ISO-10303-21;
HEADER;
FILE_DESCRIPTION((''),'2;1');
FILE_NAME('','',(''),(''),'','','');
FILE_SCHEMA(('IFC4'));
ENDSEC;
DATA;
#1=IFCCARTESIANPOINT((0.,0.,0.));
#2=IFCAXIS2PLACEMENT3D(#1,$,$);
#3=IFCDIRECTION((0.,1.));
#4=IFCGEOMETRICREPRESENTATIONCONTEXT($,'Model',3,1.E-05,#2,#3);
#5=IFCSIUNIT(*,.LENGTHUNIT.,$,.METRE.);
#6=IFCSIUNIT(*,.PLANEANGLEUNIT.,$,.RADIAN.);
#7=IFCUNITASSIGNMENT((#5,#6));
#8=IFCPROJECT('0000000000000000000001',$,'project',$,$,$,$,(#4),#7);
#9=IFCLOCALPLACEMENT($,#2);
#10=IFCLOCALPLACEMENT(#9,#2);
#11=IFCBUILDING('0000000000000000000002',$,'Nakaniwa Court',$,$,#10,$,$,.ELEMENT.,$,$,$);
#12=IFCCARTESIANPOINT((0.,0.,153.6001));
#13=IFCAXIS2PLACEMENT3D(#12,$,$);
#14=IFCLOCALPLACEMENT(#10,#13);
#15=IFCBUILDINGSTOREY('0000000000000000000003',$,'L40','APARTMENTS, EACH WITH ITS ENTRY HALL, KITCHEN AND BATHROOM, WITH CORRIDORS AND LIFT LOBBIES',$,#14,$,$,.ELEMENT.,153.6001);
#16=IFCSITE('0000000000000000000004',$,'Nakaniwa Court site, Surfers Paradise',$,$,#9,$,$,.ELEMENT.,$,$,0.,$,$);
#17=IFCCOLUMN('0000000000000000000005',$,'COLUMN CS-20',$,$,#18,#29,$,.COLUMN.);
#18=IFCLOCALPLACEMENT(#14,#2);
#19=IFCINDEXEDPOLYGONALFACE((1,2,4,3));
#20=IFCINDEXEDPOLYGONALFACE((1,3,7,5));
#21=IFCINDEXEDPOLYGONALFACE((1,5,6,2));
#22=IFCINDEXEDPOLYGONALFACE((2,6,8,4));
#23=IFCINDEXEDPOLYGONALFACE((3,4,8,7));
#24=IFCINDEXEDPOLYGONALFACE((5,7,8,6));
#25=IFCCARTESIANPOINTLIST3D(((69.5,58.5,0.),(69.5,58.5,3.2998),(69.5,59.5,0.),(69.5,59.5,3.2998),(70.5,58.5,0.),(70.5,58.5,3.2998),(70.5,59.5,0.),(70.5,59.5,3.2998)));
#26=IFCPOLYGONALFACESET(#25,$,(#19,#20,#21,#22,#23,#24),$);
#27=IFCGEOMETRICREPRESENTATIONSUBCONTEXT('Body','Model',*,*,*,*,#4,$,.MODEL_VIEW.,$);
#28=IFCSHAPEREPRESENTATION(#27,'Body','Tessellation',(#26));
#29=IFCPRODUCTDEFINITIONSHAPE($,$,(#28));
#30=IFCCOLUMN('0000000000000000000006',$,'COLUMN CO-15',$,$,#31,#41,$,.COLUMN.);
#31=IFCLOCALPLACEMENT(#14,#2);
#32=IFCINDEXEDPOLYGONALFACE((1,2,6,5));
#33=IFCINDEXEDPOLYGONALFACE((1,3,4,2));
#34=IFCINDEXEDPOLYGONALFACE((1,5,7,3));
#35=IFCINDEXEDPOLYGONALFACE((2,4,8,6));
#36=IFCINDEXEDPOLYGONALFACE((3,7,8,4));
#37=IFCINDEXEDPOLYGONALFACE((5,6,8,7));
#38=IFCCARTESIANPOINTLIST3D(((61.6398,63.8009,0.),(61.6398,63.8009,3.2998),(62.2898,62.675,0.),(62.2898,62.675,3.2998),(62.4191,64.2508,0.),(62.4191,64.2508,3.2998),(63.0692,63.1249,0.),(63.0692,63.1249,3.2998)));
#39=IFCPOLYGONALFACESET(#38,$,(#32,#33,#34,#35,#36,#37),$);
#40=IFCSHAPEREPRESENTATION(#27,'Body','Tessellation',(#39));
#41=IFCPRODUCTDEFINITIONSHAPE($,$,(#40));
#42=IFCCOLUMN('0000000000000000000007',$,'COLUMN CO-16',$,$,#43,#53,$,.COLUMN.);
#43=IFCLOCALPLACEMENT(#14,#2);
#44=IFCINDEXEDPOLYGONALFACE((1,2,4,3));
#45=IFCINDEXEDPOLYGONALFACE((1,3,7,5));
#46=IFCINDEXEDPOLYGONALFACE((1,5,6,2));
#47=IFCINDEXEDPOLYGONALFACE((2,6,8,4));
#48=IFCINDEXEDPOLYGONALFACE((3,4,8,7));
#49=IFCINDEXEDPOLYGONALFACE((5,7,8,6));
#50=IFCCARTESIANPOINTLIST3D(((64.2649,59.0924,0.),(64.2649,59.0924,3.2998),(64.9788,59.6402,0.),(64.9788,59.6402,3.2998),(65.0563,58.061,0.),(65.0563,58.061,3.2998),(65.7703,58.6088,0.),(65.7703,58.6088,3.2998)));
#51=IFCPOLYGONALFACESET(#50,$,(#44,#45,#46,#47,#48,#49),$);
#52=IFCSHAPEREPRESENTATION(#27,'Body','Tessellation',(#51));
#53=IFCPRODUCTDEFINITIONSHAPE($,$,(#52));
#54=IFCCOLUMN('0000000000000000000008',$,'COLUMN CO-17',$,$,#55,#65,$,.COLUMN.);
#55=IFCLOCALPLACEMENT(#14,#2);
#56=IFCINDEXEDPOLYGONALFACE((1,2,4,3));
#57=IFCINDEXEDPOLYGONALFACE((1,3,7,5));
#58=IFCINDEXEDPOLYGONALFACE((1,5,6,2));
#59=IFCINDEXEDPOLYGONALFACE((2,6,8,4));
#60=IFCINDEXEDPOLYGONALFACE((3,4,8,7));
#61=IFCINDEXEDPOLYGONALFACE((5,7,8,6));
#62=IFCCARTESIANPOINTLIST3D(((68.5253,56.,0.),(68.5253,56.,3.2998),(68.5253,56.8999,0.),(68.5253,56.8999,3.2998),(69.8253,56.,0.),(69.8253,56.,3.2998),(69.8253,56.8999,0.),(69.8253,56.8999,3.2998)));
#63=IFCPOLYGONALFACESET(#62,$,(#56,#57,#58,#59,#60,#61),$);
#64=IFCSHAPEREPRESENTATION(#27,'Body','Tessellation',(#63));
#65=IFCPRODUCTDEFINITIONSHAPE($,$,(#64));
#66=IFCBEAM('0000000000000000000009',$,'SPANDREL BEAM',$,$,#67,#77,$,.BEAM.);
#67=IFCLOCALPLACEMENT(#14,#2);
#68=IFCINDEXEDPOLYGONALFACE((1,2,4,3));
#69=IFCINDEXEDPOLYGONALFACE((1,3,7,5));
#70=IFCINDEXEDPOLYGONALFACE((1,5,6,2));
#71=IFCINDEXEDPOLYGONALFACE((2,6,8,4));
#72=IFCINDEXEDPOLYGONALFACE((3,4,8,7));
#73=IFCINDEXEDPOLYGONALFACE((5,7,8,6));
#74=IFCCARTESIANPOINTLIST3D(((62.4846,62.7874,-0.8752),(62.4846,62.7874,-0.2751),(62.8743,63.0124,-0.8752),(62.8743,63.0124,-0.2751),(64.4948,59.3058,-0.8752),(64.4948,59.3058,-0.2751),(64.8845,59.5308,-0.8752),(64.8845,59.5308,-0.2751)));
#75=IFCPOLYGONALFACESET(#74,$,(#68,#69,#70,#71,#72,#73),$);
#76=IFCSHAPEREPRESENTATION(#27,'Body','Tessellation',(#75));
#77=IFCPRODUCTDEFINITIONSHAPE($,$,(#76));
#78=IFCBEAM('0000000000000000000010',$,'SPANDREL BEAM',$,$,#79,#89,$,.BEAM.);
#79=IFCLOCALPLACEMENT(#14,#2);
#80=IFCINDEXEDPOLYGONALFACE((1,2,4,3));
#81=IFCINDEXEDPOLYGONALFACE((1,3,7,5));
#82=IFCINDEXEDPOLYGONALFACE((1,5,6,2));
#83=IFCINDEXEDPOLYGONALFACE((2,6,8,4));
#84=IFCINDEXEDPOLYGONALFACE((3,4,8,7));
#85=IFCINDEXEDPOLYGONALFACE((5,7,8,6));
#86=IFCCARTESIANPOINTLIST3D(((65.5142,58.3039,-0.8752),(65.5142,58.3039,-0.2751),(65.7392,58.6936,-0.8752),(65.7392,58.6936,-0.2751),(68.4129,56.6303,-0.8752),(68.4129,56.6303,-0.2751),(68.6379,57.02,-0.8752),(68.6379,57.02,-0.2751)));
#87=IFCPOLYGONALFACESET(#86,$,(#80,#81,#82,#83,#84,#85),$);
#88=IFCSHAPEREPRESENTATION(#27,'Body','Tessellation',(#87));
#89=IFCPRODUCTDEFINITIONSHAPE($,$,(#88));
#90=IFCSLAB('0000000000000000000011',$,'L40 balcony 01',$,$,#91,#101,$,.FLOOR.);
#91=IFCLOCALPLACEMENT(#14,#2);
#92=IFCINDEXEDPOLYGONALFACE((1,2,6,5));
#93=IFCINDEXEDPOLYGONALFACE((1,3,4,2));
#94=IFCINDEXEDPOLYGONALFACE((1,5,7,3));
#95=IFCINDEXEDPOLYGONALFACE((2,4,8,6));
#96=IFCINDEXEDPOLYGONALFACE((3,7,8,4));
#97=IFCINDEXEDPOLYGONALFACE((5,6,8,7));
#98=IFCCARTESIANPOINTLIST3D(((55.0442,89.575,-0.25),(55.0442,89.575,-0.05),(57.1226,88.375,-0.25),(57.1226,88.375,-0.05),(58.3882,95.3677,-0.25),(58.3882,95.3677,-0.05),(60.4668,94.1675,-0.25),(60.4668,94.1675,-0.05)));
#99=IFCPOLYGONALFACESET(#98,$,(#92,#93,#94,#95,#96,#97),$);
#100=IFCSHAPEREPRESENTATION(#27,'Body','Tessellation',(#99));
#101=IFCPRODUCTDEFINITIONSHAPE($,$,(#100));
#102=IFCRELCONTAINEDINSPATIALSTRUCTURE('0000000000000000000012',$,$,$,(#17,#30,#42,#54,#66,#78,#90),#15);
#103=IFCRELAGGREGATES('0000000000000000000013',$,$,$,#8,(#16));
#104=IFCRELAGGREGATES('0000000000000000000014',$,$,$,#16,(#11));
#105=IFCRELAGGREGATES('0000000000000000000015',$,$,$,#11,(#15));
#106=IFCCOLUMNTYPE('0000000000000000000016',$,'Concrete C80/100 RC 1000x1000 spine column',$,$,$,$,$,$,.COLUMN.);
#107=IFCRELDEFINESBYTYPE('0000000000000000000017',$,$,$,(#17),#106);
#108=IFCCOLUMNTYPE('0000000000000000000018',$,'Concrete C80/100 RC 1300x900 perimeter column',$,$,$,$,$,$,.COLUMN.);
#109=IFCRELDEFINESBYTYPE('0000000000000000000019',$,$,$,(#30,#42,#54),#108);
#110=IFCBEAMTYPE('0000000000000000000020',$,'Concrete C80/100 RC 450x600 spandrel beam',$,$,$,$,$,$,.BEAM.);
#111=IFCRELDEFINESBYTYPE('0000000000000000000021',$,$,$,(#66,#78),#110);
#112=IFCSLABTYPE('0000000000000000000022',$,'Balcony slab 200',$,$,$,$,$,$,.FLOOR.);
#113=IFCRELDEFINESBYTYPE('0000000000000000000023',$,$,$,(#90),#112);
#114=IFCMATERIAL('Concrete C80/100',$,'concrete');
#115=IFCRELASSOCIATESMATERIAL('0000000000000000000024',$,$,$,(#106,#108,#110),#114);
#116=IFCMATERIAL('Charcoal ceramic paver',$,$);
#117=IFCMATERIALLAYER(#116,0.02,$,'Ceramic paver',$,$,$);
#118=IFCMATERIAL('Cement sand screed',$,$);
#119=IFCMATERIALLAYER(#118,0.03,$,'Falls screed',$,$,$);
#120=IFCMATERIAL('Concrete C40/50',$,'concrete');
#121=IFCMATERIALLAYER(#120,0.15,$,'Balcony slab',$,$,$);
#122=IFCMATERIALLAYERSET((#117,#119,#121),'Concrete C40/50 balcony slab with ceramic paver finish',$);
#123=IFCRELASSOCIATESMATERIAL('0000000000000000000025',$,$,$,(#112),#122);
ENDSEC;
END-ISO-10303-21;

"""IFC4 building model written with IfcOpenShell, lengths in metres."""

from ifc_helpers import new_model, si_unit, direction, frame, origin, origin_2d, place, context, subcontext, project, spatial, polyline, rectangle, outline, extrude, material, layer, layer_set, material_profile, profile_set, type_object, element, save


model = new_model("IFC4")

# Units and contexts
model_context = context("Model", 3, precision=1e-05, world=origin(), true_north=direction((0.0, 1.0)))
body_context = subcontext(model_context, "Body", "Model", "MODEL_VIEW")
ifc_project = project(units=[si_unit("LENGTHUNIT", "METRE"), si_unit("PLANEANGLEUNIT", "RADIAN")], contexts=[model_context])

# Site, building, storey
site_placement = place(None, origin())
site = spatial("IfcSite", under=ifc_project, at=site_placement, Name="Nakaniwa Court site, Surfers Paradise", CompositionType="ELEMENT", RefElevation=0.0)
building_placement = place(site_placement, origin())
building = spatial("IfcBuilding", under=site, at=building_placement, Name="Nakaniwa Court", CompositionType="ELEMENT")
storey_placement = place(building_placement, frame((0.0, 0.0, 153.6001)))
storey = spatial("IfcBuildingStorey", under=building, at=storey_placement, Name="L40", Description="APARTMENTS, EACH WITH ITS ENTRY HALL, KITCHEN AND BATHROOM, WITH CORRIDORS AND LIFT LOBBIES", CompositionType="ELEMENT", Elevation=153.6001)

# Columns
ifc_material_1 = material(Name="Concrete C80/100", Category="concrete")
ifc_material_profile_1 = material_profile(ifc_material_1, rectangle(XDim=1.0, YDim=1.0, at=origin_2d()), Name="Concrete C80/100 RC 1000x1000 spine column")
ifc_profile_set_1 = profile_set([ifc_material_profile_1], Name="Concrete C80/100")
column_type_1 = type_object("IfcColumnType", Name="Concrete C80/100 RC 1000x1000 spine column", PredefinedType="COLUMN", material=ifc_profile_set_1)
column_placement = place(storey_placement, frame((70.0, 59.0, 0.0), z_axis=(0.0, 0.0, 1.0), x_axis=(0.0, -1.0, 0.0)))
element("IfcColumn", 1, at=column_placement, inside=storey, type_object=column_type_1, Name="COLUMN CS-20", PredefinedType="COLUMN", context=body_context, shape_type="SweptSolid", body=[
    extrude(rectangle(XDim=1.0, YDim=1.0, at=origin_2d()), origin(), (0.0, 0.0, 1.0), 3.2998),
])
ifc_material_profile_2 = material_profile(ifc_material_1, rectangle(XDim=1.3, YDim=0.8999, at=origin_2d()), Name="Concrete C80/100 RC 1300x900 perimeter column")
ifc_profile_set_2 = profile_set([ifc_material_profile_2], Name="Concrete C80/100")
column_type_2 = type_object("IfcColumnType", Name="Concrete C80/100 RC 1300x900 perimeter column", PredefinedType="COLUMN", material=ifc_profile_set_2)
for number, where, z_axis, x_axis, name in (
    (2, (62.3545, 63.4629, 0.0), (0.0, 0.0, 1.0), (0.5, -0.866025, 0.0), "COLUMN CO-15"),
    (3, (65.0176, 58.8506, 0.0), (0.0, 0.0, 1.0), (0.608761, -0.793353, 0.0), "COLUMN CO-16"),
    (4, (69.1753, 56.45, 0.0), (0.0, 0.0, 1.0), (1.0, 0.0, 0.0), "COLUMN CO-17"),
):
    element("IfcColumn", number, at=place(storey_placement, frame(where, z_axis=z_axis, x_axis=x_axis)), inside=storey, type_object=column_type_2, Name=name, PredefinedType="COLUMN", context=body_context, shape_type="SweptSolid", body=[
        extrude(rectangle(XDim=1.3, YDim=0.8999, at=origin_2d()), origin(), (0.0, 0.0, 1.0), 3.2998),
    ])

# Beams
ifc_material_profile_3 = material_profile(ifc_material_1, rectangle(XDim=0.45, YDim=0.6001, at=origin_2d()), Name="Concrete C80/100 RC 450x600 spandrel beam")
ifc_profile_set_3 = profile_set([ifc_material_profile_3], Name="Concrete C80/100")
beam_type = type_object("IfcBeamType", Name="Concrete C80/100 RC 450x600 spandrel beam", PredefinedType="BEAM", material=ifc_profile_set_3)
beam_1_placement = place(storey_placement, frame((62.6794, 62.8999, -0.5752), z_axis=(0.500019, -0.866015, 0.0), x_axis=(0.866015, 0.500019, 0.0)))
element("IfcBeam", 5, at=beam_1_placement, inside=storey, type_object=beam_type, Name="SPANDREL BEAM", PredefinedType="BEAM", context=body_context, shape_type="SweptSolid", body=[
    extrude(rectangle(XDim=0.45, YDim=0.6001, at=origin_2d()), origin(), (0.0, 0.0, 1.0), 4.0203),
])
beam_2_placement = place(storey_placement, frame((65.6267, 58.4988, -0.5752), z_axis=(0.866022, -0.500007, 0.0), x_axis=(0.500007, 0.866022, 0.0)))
element("IfcBeam", 6, at=beam_2_placement, inside=storey, type_object=beam_type, Name="SPANDREL BEAM", PredefinedType="BEAM", context=body_context, shape_type="SweptSolid", body=[
    extrude(rectangle(XDim=0.45, YDim=0.6001, at=origin_2d()), origin(), (0.0, 0.0, 1.0), 3.3472),
])

# Slab
ifc_material_2 = material(Name="Charcoal ceramic paver")
ifc_layer_1 = layer(ifc_material_2, 0.02, Name="Ceramic paver")
ifc_material_3 = material(Name="Cement sand screed")
ifc_layer_2 = layer(ifc_material_3, 0.03, Name="Falls screed")
ifc_material_4 = material(Name="Concrete C40/50", Category="concrete")
ifc_layer_3 = layer(ifc_material_4, 0.15, Name="Balcony slab")
ifc_layer_set_1 = layer_set([ifc_layer_1, ifc_layer_2, ifc_layer_3], Name="Concrete C40/50 balcony slab with ceramic paver finish")
slab_type_1 = type_object("IfcSlabType", Name="Balcony slab 200", PredefinedType="FLOOR", material=ifc_layer_set_1)
slab_1_placement = place(storey_placement, frame((0.0, 0.0, -0.25)))
element("IfcSlab", 7, at=slab_1_placement, inside=storey, type_object=slab_type_1, Name="L40 balcony 01", PredefinedType="FLOOR", context=body_context, shape_type="SweptSolid", body=[
    extrude(outline(polyline([(60.4668, 94.1675), (57.1226, 88.375), (55.0442, 89.575), (58.3882, 95.3677), (60.4668, 94.1675)])), origin(), (0.0, 0.0, 1.0), 0.2),
])

save(model, "model.ifc")
